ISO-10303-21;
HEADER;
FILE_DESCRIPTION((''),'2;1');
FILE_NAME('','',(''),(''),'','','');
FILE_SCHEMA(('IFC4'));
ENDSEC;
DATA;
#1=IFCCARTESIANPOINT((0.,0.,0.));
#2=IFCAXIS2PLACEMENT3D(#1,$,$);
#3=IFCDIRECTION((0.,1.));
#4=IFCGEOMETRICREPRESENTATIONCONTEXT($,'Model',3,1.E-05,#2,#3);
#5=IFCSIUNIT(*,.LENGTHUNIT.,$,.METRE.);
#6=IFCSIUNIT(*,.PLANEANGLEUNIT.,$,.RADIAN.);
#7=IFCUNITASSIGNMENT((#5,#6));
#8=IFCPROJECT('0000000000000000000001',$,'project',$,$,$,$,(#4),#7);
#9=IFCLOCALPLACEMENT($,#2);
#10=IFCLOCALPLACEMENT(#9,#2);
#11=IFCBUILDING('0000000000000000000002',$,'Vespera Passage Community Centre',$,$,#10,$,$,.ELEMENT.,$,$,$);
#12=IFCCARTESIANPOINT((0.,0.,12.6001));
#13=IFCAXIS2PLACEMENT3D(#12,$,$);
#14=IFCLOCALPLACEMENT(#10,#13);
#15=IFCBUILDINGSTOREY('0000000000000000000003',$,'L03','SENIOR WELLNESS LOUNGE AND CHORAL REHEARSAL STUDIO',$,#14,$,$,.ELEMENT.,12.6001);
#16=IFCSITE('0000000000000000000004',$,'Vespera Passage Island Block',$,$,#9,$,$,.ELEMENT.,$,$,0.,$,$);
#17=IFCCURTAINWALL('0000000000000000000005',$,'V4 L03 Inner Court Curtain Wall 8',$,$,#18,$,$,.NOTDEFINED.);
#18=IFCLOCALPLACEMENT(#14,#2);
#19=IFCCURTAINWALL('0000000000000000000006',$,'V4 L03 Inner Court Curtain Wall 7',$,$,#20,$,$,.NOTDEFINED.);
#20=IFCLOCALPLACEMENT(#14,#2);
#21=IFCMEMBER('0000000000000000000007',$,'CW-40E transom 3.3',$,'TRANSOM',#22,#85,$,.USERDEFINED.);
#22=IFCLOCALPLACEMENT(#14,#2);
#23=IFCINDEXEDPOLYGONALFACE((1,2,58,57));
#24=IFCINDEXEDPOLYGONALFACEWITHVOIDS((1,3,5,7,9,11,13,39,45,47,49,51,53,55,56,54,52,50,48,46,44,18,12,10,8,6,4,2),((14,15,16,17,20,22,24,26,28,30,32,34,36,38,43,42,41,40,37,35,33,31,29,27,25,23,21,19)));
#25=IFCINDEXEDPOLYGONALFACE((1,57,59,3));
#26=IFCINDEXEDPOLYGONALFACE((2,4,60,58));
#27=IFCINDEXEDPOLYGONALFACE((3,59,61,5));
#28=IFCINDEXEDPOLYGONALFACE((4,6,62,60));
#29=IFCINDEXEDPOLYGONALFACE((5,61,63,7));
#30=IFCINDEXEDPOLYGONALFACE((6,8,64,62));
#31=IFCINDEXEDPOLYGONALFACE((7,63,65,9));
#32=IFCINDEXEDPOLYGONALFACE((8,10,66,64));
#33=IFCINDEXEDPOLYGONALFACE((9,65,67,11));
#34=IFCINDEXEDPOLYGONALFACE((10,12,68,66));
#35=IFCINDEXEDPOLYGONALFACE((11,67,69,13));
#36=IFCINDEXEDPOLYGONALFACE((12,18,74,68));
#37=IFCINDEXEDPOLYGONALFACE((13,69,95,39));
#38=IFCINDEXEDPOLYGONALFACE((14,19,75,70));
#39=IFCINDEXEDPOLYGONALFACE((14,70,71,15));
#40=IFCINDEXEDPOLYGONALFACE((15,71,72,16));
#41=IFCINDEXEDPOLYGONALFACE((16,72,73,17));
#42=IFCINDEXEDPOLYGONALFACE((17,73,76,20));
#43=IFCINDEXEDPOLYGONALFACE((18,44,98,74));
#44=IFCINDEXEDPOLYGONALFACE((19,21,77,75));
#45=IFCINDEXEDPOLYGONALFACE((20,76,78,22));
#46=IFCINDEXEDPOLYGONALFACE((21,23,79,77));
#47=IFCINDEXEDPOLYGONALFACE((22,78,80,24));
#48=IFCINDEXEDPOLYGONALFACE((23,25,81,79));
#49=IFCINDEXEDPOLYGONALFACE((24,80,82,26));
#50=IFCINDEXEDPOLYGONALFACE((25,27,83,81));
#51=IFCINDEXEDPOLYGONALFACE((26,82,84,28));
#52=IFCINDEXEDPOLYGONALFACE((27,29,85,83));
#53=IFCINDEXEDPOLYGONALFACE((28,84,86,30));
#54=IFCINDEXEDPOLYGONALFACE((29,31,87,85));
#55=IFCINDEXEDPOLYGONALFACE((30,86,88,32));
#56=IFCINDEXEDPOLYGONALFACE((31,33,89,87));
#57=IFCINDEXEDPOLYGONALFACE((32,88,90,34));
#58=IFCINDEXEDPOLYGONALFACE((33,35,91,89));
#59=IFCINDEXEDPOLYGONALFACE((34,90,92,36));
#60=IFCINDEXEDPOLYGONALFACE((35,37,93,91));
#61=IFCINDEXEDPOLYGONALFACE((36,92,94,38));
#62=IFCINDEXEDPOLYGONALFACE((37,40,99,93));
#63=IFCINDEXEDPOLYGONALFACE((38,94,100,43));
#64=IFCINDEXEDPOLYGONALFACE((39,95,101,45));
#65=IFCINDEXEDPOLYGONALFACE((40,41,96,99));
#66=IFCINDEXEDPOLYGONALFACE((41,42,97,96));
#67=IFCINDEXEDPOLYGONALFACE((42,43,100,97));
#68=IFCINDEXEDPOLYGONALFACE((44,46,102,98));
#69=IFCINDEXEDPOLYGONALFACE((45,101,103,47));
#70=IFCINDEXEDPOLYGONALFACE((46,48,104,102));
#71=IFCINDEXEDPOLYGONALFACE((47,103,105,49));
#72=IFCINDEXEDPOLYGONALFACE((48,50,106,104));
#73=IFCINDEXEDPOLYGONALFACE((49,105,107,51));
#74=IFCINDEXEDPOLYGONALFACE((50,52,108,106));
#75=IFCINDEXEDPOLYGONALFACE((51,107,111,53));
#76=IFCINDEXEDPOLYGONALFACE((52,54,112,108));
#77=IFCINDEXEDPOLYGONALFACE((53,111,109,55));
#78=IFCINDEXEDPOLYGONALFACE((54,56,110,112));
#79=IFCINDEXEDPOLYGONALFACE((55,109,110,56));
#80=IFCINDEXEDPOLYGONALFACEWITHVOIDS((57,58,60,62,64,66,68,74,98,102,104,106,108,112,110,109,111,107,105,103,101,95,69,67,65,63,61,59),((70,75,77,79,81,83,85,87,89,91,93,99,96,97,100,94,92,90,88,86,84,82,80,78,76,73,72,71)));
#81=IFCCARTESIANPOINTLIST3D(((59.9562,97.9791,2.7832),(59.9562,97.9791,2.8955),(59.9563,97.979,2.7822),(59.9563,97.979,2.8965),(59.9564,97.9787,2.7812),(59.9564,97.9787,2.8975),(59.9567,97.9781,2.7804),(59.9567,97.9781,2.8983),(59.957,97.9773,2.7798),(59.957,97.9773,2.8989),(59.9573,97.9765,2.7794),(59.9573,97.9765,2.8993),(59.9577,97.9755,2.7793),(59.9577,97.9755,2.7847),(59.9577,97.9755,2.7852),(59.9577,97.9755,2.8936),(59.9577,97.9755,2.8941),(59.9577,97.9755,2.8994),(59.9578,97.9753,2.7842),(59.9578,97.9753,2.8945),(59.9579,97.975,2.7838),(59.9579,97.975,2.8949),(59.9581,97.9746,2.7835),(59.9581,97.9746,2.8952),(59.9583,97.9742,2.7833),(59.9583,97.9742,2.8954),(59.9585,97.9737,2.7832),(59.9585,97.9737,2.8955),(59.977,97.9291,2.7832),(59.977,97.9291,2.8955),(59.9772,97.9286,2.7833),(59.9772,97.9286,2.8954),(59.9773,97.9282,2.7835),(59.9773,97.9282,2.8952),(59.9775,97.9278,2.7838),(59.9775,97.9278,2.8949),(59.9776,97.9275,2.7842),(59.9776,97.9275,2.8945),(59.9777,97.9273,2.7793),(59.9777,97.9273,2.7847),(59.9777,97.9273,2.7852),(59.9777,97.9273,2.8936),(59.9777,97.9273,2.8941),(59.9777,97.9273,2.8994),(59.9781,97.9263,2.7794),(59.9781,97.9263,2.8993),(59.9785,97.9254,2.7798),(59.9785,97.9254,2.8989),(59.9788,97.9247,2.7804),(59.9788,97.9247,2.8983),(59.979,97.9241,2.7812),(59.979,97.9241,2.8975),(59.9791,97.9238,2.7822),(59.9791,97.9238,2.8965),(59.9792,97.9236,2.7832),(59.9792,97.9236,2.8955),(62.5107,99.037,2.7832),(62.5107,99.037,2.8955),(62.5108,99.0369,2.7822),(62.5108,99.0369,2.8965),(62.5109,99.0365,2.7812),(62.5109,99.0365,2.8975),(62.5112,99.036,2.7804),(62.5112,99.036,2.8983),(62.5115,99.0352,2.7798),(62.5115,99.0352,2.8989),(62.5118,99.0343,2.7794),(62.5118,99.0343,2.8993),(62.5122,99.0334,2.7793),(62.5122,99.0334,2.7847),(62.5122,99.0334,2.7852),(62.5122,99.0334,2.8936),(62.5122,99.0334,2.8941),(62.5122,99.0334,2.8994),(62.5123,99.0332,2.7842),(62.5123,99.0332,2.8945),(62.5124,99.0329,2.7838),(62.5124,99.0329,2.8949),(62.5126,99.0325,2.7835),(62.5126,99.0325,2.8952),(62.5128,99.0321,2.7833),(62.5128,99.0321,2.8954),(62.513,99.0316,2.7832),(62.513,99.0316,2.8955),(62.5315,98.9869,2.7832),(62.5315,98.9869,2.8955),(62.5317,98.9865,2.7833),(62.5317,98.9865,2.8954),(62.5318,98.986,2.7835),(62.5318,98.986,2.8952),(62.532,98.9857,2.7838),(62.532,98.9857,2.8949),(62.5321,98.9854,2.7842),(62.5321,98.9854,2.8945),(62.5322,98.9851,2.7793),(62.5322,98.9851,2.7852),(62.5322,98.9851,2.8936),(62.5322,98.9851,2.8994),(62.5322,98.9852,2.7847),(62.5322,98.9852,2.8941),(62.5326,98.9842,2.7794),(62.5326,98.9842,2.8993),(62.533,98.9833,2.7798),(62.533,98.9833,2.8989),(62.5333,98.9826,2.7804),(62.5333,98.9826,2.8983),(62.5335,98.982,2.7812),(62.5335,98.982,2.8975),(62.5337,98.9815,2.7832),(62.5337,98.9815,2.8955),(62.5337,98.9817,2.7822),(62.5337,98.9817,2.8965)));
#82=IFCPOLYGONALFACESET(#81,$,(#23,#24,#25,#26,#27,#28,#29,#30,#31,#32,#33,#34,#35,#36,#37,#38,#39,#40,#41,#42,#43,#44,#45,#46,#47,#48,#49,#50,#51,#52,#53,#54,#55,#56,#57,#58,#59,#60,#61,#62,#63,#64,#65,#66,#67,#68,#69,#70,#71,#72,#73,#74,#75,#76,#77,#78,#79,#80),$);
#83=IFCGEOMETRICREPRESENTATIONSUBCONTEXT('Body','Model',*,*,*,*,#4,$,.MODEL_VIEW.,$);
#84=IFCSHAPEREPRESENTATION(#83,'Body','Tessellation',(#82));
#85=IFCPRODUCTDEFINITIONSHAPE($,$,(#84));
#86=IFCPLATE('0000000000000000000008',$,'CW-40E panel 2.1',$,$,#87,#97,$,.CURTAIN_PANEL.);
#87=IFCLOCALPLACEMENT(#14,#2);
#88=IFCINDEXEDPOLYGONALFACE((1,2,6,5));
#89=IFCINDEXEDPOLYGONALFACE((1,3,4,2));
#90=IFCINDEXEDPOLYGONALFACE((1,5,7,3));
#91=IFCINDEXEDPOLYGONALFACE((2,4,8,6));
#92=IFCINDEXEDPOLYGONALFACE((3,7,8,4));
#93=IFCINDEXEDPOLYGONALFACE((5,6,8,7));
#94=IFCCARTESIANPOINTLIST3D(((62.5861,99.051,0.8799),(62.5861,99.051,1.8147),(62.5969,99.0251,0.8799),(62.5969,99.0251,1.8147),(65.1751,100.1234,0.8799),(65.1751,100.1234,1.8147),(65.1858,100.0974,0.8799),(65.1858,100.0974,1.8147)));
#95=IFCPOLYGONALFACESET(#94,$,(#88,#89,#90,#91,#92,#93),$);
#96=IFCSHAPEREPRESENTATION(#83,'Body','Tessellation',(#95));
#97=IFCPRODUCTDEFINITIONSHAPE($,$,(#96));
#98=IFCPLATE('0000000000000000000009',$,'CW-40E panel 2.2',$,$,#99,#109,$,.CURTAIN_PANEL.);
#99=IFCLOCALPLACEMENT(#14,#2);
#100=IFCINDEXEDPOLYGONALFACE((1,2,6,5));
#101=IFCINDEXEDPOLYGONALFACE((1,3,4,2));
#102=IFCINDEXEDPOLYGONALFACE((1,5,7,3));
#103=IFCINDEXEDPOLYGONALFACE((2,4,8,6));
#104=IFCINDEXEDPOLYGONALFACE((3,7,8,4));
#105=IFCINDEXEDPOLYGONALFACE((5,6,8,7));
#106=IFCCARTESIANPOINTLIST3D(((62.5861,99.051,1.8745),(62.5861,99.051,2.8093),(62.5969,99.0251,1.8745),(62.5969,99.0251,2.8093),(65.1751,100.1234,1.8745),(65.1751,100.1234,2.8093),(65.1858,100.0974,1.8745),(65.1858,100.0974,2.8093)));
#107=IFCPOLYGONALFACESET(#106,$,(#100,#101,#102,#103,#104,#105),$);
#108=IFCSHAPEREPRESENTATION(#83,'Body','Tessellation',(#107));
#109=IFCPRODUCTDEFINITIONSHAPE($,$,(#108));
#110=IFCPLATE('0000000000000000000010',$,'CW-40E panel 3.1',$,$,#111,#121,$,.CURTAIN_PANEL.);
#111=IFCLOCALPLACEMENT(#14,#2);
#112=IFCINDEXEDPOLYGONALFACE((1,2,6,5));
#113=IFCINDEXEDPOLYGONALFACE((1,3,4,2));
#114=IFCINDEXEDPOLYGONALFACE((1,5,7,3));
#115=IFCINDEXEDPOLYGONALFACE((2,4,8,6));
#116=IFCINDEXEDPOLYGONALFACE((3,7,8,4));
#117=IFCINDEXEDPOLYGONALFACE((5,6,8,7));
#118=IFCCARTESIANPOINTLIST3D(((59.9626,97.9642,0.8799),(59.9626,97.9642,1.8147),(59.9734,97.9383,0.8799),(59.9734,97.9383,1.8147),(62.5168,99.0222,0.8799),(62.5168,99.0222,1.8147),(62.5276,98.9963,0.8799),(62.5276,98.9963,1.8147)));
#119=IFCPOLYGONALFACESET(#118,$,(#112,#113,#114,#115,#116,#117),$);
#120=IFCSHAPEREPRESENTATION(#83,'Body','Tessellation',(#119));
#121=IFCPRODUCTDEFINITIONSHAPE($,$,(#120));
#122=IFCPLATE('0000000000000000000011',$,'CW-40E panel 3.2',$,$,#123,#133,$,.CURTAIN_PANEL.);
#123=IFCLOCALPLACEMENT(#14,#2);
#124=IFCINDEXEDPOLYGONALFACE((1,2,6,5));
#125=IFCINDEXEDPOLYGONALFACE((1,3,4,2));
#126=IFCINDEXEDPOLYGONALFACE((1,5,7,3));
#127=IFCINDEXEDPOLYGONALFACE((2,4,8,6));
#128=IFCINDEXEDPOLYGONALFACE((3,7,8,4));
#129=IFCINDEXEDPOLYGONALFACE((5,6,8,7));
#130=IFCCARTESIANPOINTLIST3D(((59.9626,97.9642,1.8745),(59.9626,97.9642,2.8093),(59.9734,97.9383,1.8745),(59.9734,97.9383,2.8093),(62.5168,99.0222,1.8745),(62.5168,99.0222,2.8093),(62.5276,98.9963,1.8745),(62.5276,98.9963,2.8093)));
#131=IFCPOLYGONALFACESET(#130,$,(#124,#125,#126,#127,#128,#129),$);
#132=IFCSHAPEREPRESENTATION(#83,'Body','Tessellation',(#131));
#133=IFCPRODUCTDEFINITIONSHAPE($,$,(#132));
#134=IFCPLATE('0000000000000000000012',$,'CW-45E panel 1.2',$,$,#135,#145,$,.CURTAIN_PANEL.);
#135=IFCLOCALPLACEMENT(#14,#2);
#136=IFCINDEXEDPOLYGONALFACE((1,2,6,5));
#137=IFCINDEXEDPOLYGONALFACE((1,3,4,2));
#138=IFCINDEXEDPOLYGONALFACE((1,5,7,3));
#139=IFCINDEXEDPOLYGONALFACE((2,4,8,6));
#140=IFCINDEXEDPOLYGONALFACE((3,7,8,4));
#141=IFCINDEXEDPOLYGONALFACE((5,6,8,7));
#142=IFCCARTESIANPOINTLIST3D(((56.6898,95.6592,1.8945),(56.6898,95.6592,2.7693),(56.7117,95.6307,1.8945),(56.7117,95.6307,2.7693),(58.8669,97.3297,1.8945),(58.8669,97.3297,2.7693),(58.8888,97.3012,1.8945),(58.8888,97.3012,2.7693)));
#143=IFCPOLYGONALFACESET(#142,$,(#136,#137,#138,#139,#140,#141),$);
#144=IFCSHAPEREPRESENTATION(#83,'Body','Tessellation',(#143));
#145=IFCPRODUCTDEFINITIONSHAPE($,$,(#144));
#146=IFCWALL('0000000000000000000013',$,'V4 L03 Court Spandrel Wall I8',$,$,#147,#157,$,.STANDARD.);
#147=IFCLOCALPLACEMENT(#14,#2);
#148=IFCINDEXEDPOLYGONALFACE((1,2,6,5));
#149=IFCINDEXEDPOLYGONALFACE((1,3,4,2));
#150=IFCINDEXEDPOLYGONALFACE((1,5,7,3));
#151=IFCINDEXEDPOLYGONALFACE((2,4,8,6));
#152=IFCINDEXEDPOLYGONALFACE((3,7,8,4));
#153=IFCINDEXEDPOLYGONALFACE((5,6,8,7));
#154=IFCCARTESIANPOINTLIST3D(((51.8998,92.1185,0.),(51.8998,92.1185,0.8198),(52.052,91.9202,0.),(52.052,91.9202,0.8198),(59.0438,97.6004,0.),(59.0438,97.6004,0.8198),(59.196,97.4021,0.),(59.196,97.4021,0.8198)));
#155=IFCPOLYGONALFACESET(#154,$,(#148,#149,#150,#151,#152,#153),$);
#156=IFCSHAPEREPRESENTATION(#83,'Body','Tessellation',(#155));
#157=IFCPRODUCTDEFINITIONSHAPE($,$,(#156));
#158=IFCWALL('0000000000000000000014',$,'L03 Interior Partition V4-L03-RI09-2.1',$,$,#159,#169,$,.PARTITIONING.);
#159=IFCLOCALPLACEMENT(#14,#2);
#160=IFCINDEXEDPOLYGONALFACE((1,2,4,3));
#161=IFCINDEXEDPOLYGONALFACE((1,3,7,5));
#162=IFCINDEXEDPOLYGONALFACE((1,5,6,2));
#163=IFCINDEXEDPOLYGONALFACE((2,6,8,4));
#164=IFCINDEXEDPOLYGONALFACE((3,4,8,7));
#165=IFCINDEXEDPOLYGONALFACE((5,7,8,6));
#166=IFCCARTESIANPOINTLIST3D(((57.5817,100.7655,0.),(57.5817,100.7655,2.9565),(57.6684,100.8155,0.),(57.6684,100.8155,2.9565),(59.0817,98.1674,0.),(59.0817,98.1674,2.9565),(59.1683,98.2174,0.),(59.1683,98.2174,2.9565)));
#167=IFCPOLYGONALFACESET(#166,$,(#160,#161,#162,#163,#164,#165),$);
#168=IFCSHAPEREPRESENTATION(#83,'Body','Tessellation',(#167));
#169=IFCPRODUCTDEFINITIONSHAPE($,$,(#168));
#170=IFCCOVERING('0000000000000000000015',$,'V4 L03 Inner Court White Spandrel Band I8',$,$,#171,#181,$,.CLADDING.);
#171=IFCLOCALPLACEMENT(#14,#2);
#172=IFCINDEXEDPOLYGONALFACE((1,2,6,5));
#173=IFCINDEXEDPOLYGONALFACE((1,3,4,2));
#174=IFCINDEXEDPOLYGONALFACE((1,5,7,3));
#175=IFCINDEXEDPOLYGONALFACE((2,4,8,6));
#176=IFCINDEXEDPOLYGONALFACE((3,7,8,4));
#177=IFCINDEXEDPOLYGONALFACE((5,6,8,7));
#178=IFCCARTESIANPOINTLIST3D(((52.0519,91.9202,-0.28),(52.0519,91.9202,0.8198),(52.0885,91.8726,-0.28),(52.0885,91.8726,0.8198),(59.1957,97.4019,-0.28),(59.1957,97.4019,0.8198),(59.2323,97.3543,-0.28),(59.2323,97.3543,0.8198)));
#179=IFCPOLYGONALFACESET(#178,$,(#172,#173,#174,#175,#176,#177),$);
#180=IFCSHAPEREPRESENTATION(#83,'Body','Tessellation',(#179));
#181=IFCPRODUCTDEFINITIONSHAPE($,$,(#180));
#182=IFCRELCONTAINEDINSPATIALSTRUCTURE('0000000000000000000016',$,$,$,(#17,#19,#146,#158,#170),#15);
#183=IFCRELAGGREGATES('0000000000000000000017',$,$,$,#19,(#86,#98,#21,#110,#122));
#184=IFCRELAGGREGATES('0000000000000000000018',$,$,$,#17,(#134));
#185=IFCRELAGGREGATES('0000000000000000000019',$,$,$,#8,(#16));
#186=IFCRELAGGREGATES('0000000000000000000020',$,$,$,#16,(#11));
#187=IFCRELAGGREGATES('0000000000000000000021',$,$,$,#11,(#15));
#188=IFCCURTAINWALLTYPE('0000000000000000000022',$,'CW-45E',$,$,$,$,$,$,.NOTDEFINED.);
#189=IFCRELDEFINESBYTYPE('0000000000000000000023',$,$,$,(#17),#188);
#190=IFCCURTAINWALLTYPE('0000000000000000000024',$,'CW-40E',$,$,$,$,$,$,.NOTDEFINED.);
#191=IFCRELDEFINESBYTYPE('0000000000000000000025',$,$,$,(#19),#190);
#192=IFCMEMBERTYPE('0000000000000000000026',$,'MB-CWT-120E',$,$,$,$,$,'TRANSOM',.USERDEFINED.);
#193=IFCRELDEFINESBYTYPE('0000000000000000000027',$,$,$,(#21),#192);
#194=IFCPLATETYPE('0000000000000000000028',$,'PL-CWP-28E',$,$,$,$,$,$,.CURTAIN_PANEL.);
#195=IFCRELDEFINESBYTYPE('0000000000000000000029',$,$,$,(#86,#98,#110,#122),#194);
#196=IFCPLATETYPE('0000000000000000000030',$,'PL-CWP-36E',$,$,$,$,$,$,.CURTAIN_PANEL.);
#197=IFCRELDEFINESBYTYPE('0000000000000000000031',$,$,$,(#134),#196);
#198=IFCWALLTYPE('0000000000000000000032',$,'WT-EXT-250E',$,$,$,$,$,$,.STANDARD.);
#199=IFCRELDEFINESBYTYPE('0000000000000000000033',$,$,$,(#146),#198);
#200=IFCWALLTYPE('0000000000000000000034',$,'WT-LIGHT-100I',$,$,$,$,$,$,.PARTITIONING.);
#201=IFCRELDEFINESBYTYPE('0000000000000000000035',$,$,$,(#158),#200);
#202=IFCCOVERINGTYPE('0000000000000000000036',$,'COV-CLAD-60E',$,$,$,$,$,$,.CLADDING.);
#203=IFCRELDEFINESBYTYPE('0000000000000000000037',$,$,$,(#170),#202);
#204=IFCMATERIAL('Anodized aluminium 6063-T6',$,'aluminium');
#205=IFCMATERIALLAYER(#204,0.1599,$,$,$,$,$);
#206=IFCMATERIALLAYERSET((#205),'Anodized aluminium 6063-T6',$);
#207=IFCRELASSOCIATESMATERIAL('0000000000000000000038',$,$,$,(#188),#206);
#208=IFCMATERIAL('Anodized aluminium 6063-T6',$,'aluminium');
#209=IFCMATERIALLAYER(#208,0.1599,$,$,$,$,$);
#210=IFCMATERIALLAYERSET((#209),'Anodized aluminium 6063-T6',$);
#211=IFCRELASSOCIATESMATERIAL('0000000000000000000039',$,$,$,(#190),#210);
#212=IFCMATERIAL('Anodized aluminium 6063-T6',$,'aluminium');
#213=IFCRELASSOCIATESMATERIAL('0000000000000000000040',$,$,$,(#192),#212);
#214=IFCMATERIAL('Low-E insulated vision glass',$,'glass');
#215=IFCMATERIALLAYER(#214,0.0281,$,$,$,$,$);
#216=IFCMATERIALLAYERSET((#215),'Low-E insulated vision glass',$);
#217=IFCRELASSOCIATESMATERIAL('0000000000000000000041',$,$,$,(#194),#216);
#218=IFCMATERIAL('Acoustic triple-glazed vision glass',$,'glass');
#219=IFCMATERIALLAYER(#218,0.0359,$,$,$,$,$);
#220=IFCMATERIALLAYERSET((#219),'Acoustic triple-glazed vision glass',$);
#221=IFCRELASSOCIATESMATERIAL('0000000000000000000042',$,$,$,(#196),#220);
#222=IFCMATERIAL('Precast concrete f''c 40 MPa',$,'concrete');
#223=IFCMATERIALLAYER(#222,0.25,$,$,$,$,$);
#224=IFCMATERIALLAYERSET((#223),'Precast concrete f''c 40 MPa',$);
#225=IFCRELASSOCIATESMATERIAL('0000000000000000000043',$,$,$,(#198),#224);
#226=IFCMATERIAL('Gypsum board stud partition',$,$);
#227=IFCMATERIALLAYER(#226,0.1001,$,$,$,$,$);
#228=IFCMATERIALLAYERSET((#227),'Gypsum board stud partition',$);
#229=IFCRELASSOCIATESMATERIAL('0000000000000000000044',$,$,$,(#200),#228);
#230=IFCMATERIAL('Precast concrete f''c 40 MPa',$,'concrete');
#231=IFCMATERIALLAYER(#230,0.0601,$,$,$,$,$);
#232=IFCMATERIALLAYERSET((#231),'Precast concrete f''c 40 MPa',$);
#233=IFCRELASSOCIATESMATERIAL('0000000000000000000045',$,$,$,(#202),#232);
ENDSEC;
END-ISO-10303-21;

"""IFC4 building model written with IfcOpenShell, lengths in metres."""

from ifc_helpers import new_model, si_unit, direction, frame, frame_2d, origin, origin_2d, place, context, subcontext, project, spatial, rectangle, hollow_rectangle, extrude, material, layer, layer_set, material_profile, profile_set, type_object, element, aggregate, save


model = new_model("IFC4")

# Units and contexts
model_context = context("Model", 3, precision=1e-05, world=origin(), true_north=direction((0.0, 1.0)))
body_context = subcontext(model_context, "Body", "Model", "MODEL_VIEW")
ifc_project = project(units=[si_unit("LENGTHUNIT", "METRE"), si_unit("PLANEANGLEUNIT", "RADIAN")], contexts=[model_context])

# Site, building, storey
site_placement = place(None, origin())
site = spatial("IfcSite", under=ifc_project, at=site_placement, Name="Vespera Passage Island Block", CompositionType="ELEMENT", RefElevation=0.0)
building_placement = place(site_placement, origin())
building = spatial("IfcBuilding", under=site, at=building_placement, Name="Vespera Passage Community Centre", CompositionType="ELEMENT")
storey_placement = place(building_placement, frame((0.0, 0.0, 12.6001)))
storey = spatial("IfcBuildingStorey", under=building, at=storey_placement, Name="L03", Description="SENIOR WELLNESS LOUNGE AND CHORAL REHEARSAL STUDIO", CompositionType="ELEMENT", Elevation=12.6001)

# Curtain wall
ifc_material_1 = material(Name="Anodized aluminium 6063-T6", Category="aluminium")
ifc_layer_1 = layer(ifc_material_1, 0.1599)
ifc_layer_set_1 = layer_set([ifc_layer_1], Name="Anodized aluminium 6063-T6")
curtain_wall_type_1 = type_object("IfcCurtainWallType", Name="CW-45E", PredefinedType="NOTDEFINED", material=ifc_layer_set_1)
curtain_wall_1_placement = place(storey_placement, origin())
curtain_wall_1 = element("IfcCurtainWall", 1, at=curtain_wall_1_placement, inside=storey, type_object=curtain_wall_type_1, Name="V4 L03 Inner Court Curtain Wall 8", PredefinedType="NOTDEFINED")

# Curtain wall
ifc_material_2 = material(Name="Anodized aluminium 6063-T6", Category="aluminium")
ifc_layer_2 = layer(ifc_material_2, 0.1599)
ifc_layer_set_2 = layer_set([ifc_layer_2], Name="Anodized aluminium 6063-T6")
curtain_wall_type_2 = type_object("IfcCurtainWallType", Name="CW-40E", PredefinedType="NOTDEFINED", material=ifc_layer_set_2)
curtain_wall_2_placement = place(storey_placement, origin())
curtain_wall_2 = element("IfcCurtainWall", 2, at=curtain_wall_2_placement, inside=storey, type_object=curtain_wall_type_2, Name="V4 L03 Inner Court Curtain Wall 7", PredefinedType="NOTDEFINED")

# Member
ifc_material_3 = material(Name="Anodized aluminium 6063-T6", Category="aluminium")
ifc_material_profile_1 = material_profile(ifc_material_3, hollow_rectangle(XDim=0.0601, YDim=0.1201, WallThickness=0.0039, InnerFilletRadius=0.002, OuterFilletRadius=0.0039, at=origin_2d()), Name="ALU120X60X4")
ifc_profile_set_1 = profile_set([ifc_material_profile_1], Name="Anodized aluminium 6063-T6")
member_type_1 = type_object("IfcMemberType", Name="MB-CWT-120E", ElementType="TRANSOM", PredefinedType="USERDEFINED", material=ifc_profile_set_1)
member_1_placement = place(storey_placement, frame((62.5222, 99.0093, 2.8394), z_axis=(-0.923908, -0.382614, 0.0), x_axis=(0.382614, -0.923908, 0.0)))
member_1 = element("IfcMember", 3, at=member_1_placement, type_object=member_type_1, Name="CW-40E transom 3.3", ObjectType="TRANSOM", PredefinedType="USERDEFINED", context=body_context, shape_type="SweptSolid", body=[
    extrude(hollow_rectangle(XDim=0.0601, YDim=0.1201, WallThickness=0.0039, InnerFilletRadius=0.002, OuterFilletRadius=0.0039, at=origin_2d()), origin(), (0.0, 0.0, 1.0), 2.7649),
])

# Plates
ifc_material_4 = material(Name="Low-E insulated vision glass", Category="glass")
ifc_layer_3 = layer(ifc_material_4, 0.0281)
ifc_layer_set_3 = layer_set([ifc_layer_3], Name="Low-E insulated vision glass")
plate_type_1 = type_object("IfcPlateType", Name="PL-CWP-28E", PredefinedType="CURTAIN_PANEL", material=ifc_layer_set_3)
plate_1_placement = place(storey_placement, frame((63.886, 99.5742, 0.8799), z_axis=(0.0, 0.0, 1.0), x_axis=(-0.923877, -0.38269, 0.0)))
plate_1 = element("IfcPlate", 4, at=plate_1_placement, type_object=plate_type_1, Name="CW-40E panel 2.1", PredefinedType="CURTAIN_PANEL", context=body_context, shape_type="SweptSolid", body=[
    extrude(rectangle(XDim=2.8022, YDim=0.0281, at=origin_2d()), origin(), (0.0, 0.0, 1.0), 0.9348),
])
plate_2_placement = place(storey_placement, frame((63.886, 99.5742, 1.8745), z_axis=(0.0, 0.0, 1.0), x_axis=(-0.923877, -0.38269, 0.0)))
plate_2 = element("IfcPlate", 5, at=plate_2_placement, type_object=plate_type_1, Name="CW-40E panel 2.2", PredefinedType="CURTAIN_PANEL", context=body_context, shape_type="SweptSolid", body=[
    extrude(rectangle(XDim=2.8022, YDim=0.0281, at=origin_2d()), origin(), (0.0, 0.0, 1.0), 0.9348),
])
plate_3_placement = place(storey_placement, frame((61.2451, 98.4802, 0.8799), z_axis=(0.0, 0.0, 1.0), x_axis=(-0.923877, -0.38269, 0.0)))
plate_3 = element("IfcPlate", 6, at=plate_3_placement, type_object=plate_type_1, Name="CW-40E panel 3.1", PredefinedType="CURTAIN_PANEL", context=body_context, shape_type="SweptSolid", body=[
    extrude(rectangle(XDim=2.7646, YDim=0.0281, at=origin_2d()), origin(), (0.0, 0.0, 1.0), 0.9348),
])
plate_4_placement = place(storey_placement, frame((61.2451, 98.4802, 1.8745), z_axis=(0.0, 0.0, 1.0), x_axis=(-0.923877, -0.38269, 0.0)))
plate_4 = element("IfcPlate", 7, at=plate_4_placement, type_object=plate_type_1, Name="CW-40E panel 3.2", PredefinedType="CURTAIN_PANEL", context=body_context, shape_type="SweptSolid", body=[
    extrude(rectangle(XDim=2.7646, YDim=0.0281, at=origin_2d()), origin(), (0.0, 0.0, 1.0), 0.9348),
])
aggregate(curtain_wall_2, [plate_1, plate_2, member_1, plate_3, plate_4])
ifc_material_5 = material(Name="Acoustic triple-glazed vision glass", Category="glass")
ifc_layer_4 = layer(ifc_material_5, 0.0359)
ifc_layer_set_4 = layer_set([ifc_layer_4], Name="Acoustic triple-glazed vision glass")
plate_type_2 = type_object("IfcPlateType", Name="PL-CWP-36E", PredefinedType="CURTAIN_PANEL", material=ifc_layer_set_4)
plate_5_placement = place(storey_placement, frame((57.7893, 96.4802, 1.8945), z_axis=(0.0, 0.0, 1.0), x_axis=(-0.793358, -0.608755, 0.0)))
plate_5 = element("IfcPlate", 8, at=plate_5_placement, type_object=plate_type_2, Name="CW-45E panel 1.2", PredefinedType="CURTAIN_PANEL", context=body_context, shape_type="SweptSolid", body=[
    extrude(rectangle(XDim=2.7441, YDim=0.0359, at=origin_2d()), origin(), (0.0, 0.0, 1.0), 0.8748),
])
aggregate(curtain_wall_1, [plate_5])

# Walls
ifc_material_6 = material(Name="Precast concrete f'c 40 MPa", Category="concrete")
ifc_layer_5 = layer(ifc_material_6, 0.25)
ifc_layer_set_5 = layer_set([ifc_layer_5], Name="Precast concrete f'c 40 MPa")
wall_type_1 = type_object("IfcWallType", Name="WT-EXT-250E", PredefinedType="STANDARD", material=ifc_layer_set_5)
wall_1_placement = place(storey_placement, frame((59.1199, 97.5012, 0.0), z_axis=(0.0, 0.0, 1.0), x_axis=(-0.793347, -0.60877, 0.0)))
element("IfcWall", 9, at=wall_1_placement, inside=storey, type_object=wall_type_1, Name="V4 L03 Court Spandrel Wall I8", PredefinedType="STANDARD", context=body_context, shape_type="SweptSolid", body=[
    extrude(rectangle(XDim=9.0049, YDim=0.25, at=frame_2d((4.5024, 0.0))), origin(), (0.0, 0.0, 1.0), 0.8198),
])
ifc_material_7 = material(Name="Gypsum board stud partition")
ifc_layer_6 = layer(ifc_material_7, 0.1001)
ifc_layer_set_6 = layer_set([ifc_layer_6], Name="Gypsum board stud partition")
wall_type_2 = type_object("IfcWallType", Name="WT-LIGHT-100I", PredefinedType="PARTITIONING", material=ifc_layer_set_6)
wall_2_placement = place(storey_placement, frame((59.125, 98.1924, 0.0), z_axis=(0.0, 0.0, 1.0), x_axis=(-0.49999, 0.866031, 0.0)))
element("IfcWall", 10, at=wall_2_placement, inside=storey, type_object=wall_type_2, Name="L03 Interior Partition V4-L03-RI09-2.1", PredefinedType="PARTITIONING", context=body_context, shape_type="SweptSolid", body=[
    extrude(rectangle(XDim=3.0, YDim=0.1001, at=frame_2d((1.5, 0.0))), origin(), (0.0, 0.0, 1.0), 2.9565),
])

# Covering
ifc_material_8 = material(Name="Precast concrete f'c 40 MPa", Category="concrete")
ifc_layer_7 = layer(ifc_material_8, 0.0601)
ifc_layer_set_7 = layer_set([ifc_layer_7], Name="Precast concrete f'c 40 MPa")
covering_type = type_object("IfcCoveringType", Name="COV-CLAD-60E", PredefinedType="CLADDING", material=ifc_layer_set_7)
covering_placement = place(storey_placement, frame((59.2141, 97.3782, -0.28), z_axis=(0.0, 0.0, 1.0), x_axis=(-0.79335, -0.608766, 0.0)))
element("IfcCovering", 11, at=covering_placement, inside=storey, type_object=covering_type, Name="V4 L03 Inner Court White Spandrel Band I8", PredefinedType="CLADDING", context=body_context, shape_type="SweptSolid", body=[
    extrude(rectangle(XDim=9.0046, YDim=0.0601, at=frame_2d((4.5024, 0.0))), origin(), (0.0, 0.0, 1.0), 1.0999),
])

save(model, "model.ifc")
